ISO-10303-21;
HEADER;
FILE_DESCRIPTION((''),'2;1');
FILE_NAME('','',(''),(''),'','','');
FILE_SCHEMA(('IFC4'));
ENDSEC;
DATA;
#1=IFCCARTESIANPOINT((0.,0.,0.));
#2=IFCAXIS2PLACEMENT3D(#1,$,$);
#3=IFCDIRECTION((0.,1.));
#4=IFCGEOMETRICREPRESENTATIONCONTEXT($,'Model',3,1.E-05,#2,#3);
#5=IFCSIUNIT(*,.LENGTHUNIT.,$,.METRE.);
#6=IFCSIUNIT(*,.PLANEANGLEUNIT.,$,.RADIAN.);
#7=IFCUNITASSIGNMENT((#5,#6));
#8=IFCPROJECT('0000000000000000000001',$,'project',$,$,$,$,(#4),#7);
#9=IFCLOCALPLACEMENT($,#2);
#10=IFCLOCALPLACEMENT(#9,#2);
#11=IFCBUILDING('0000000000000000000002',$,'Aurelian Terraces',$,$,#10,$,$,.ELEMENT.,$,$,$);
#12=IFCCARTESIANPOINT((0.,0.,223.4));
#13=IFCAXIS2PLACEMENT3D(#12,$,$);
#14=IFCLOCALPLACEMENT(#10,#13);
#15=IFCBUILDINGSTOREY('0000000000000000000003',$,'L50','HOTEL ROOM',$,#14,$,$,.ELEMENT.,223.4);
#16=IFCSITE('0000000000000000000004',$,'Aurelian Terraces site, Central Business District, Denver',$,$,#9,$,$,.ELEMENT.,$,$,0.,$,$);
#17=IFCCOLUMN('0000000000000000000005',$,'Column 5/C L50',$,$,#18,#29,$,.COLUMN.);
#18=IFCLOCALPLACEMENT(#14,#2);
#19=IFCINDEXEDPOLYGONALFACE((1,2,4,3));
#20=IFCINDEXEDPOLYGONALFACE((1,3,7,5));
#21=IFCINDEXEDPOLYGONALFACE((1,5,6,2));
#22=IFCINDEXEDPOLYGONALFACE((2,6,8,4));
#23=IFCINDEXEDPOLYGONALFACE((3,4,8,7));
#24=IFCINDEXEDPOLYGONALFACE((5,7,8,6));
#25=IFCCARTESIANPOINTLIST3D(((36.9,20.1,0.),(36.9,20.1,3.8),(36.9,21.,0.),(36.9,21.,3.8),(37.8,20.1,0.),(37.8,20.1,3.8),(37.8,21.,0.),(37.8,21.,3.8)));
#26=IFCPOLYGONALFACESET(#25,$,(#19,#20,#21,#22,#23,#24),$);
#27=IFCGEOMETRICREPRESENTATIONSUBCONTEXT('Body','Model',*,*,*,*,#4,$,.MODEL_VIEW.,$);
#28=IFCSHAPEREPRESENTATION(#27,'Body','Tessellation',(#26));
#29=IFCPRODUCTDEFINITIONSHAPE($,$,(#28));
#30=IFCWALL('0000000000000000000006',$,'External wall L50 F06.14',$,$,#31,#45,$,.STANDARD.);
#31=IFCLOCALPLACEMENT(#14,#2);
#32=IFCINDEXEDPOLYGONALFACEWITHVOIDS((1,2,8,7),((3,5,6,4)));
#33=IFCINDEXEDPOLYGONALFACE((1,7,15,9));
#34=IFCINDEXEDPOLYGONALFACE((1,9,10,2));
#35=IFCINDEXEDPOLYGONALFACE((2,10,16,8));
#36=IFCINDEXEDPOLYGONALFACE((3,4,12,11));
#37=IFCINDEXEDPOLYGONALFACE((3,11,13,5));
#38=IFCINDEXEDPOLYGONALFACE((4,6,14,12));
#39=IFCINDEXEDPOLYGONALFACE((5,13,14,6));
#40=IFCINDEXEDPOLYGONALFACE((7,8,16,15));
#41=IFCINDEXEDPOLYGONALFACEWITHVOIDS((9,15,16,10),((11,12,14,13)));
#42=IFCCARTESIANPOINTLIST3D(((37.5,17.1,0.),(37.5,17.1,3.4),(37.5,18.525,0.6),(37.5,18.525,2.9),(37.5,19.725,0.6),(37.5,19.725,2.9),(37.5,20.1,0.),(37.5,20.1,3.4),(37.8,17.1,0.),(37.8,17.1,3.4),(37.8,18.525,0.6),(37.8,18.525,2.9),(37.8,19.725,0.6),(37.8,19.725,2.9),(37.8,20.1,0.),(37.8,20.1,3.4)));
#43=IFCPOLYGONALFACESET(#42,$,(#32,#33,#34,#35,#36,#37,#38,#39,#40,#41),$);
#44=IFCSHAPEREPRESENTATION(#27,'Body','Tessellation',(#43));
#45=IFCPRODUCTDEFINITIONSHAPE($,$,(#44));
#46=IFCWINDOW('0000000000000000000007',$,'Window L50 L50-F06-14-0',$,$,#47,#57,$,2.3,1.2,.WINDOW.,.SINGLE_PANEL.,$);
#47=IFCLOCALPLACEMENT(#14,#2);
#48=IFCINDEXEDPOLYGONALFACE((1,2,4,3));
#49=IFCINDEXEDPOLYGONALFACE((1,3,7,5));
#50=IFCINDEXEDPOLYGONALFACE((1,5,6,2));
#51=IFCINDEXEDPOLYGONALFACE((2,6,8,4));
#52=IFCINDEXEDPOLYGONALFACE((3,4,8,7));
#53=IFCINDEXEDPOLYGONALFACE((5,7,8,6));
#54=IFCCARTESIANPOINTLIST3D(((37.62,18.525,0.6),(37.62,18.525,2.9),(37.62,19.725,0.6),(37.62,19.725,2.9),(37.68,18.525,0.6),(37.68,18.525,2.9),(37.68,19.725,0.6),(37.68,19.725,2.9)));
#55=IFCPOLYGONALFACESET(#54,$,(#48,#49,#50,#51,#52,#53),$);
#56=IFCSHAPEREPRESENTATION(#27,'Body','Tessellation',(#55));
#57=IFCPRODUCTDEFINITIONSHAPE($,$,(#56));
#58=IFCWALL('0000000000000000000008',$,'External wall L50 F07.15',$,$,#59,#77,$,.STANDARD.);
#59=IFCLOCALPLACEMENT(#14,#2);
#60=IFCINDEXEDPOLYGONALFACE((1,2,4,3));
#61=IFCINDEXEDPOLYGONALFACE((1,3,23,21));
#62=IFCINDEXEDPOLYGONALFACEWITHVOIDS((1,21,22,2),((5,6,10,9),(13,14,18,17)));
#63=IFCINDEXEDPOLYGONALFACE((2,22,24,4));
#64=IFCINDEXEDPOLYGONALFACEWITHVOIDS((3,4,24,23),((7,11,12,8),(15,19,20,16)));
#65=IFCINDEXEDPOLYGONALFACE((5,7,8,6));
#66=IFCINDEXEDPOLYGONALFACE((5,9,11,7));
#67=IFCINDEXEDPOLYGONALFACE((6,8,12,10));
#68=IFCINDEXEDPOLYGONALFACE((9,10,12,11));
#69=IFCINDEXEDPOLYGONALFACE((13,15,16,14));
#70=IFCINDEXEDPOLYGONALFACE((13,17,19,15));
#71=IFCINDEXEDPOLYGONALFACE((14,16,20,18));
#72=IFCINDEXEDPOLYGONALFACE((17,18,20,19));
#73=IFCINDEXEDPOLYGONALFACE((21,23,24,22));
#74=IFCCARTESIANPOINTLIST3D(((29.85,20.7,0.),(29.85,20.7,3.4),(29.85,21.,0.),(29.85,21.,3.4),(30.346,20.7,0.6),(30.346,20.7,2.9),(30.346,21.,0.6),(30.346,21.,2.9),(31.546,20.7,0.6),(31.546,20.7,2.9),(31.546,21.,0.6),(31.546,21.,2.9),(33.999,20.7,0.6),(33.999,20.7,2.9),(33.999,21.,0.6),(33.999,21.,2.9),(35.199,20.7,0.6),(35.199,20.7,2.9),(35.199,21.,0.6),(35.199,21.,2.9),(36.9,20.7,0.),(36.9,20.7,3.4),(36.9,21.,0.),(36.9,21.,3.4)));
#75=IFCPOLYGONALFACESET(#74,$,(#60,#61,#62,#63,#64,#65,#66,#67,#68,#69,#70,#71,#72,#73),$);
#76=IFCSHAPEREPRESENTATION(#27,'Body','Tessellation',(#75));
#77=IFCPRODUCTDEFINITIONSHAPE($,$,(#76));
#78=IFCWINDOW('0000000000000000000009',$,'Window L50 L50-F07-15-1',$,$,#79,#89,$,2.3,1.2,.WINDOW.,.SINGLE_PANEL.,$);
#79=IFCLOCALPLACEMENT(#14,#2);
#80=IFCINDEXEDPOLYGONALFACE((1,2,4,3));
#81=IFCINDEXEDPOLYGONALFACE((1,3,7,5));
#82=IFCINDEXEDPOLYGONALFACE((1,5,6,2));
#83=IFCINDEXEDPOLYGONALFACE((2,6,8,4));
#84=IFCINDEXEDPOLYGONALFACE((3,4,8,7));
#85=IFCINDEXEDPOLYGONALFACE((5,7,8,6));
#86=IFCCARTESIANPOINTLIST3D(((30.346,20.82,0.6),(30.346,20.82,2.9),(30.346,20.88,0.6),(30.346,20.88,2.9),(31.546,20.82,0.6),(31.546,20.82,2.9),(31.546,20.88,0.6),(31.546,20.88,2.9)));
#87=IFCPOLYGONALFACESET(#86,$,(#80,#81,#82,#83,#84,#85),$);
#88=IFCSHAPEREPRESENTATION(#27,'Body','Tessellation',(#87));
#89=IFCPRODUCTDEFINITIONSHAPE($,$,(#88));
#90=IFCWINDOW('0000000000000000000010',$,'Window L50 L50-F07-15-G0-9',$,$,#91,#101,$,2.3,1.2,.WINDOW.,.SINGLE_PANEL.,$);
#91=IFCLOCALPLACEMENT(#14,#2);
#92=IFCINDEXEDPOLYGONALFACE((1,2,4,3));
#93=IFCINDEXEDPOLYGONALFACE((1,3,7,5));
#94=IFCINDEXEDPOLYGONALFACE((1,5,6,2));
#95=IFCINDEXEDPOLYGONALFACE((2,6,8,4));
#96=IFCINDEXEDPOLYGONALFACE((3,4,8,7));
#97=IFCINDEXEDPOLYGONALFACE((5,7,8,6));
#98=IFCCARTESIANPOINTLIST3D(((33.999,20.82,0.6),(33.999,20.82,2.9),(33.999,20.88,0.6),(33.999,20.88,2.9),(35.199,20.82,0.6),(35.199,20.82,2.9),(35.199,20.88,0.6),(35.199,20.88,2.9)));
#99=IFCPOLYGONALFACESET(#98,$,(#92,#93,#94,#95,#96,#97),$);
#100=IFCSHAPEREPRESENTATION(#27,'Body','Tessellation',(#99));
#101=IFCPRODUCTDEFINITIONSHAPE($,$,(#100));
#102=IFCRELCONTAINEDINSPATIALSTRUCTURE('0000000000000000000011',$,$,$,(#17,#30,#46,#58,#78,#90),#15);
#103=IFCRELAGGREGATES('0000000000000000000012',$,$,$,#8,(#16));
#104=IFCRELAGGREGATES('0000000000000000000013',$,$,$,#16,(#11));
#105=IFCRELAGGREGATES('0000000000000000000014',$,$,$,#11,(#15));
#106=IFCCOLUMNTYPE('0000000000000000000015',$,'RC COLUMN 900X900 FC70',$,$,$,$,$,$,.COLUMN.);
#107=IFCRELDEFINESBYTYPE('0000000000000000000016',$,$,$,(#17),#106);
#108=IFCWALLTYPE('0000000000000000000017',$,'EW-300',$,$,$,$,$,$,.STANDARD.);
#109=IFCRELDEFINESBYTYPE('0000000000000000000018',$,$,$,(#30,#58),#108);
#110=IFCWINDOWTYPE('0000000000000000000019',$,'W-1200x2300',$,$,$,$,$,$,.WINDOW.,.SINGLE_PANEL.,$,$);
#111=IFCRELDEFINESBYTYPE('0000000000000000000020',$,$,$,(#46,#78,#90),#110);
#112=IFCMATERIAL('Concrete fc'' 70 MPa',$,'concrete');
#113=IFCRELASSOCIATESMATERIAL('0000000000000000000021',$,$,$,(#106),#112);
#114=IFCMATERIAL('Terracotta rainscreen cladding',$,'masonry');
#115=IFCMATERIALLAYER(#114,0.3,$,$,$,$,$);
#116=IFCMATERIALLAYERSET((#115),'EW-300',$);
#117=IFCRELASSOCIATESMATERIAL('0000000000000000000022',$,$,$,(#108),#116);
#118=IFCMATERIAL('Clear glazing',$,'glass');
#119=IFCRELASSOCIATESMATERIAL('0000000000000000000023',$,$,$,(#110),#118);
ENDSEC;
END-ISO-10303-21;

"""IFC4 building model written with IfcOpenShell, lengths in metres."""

from ifc_helpers import new_model, si_unit, direction, frame, frame_2d, origin, origin_2d, place, context, subcontext, project, spatial, rectangle, extrude, source, transform, mapped, material, layer, layer_set, material_profile, profile_set, type_object, element, fill, save


model = new_model("IFC4")

# Units and contexts
model_context = context("Model", 3, precision=1e-05, world=origin(), true_north=direction((0.0, 1.0)))
body_context = subcontext(model_context, "Body", "Model", "MODEL_VIEW")
ifc_project = project(units=[si_unit("LENGTHUNIT", "METRE"), si_unit("PLANEANGLEUNIT", "RADIAN")], contexts=[model_context])

# Site, building, storey
site_placement = place(None, origin())
site = spatial("IfcSite", under=ifc_project, at=site_placement, Name="Aurelian Terraces site, Central Business District, Denver", CompositionType="ELEMENT", RefElevation=0.0)
building_placement = place(site_placement, origin())
building = spatial("IfcBuilding", under=site, at=building_placement, Name="Aurelian Terraces", CompositionType="ELEMENT")
storey_placement = place(building_placement, frame((0.0, 0.0, 223.4)))
storey = spatial("IfcBuildingStorey", under=building, at=storey_placement, Name="L50", Description="HOTEL ROOM", CompositionType="ELEMENT", Elevation=223.4)

# Column
ifc_material_1 = material(Name="Concrete fc' 70 MPa", Category="concrete")
ifc_material_profile = material_profile(ifc_material_1, rectangle(XDim=0.9, YDim=0.9, at=origin_2d()))
ifc_profile_set = profile_set([ifc_material_profile], Name="Concrete fc' 70 MPa")
column_type = type_object("IfcColumnType", Name="RC COLUMN 900X900 FC70", PredefinedType="COLUMN", material=ifc_profile_set)
shared_shape_1 = source(origin(), body_context, "Body", "SweptSolid", [
    extrude(rectangle(XDim=0.9, YDim=0.9, at=origin_2d()), origin(), (0.0, 0.0, 1.0), 3.8),
])
column_placement = place(storey_placement, frame((37.35, 20.55, 0.0), z_axis=(0.0, 0.0, 1.0), x_axis=(1.0, 0.0, 0.0)))
element("IfcColumn", 1, at=column_placement, inside=storey, type_object=column_type, Name="Column 5/C L50", PredefinedType="COLUMN", context=body_context, shape_type="MappedRepresentation", body=[
    mapped(shared_shape_1, transform((0.0, 0.0, 0.0), scale=1.0)),
])

# Wall, opening, window
ifc_material_2 = material(Name="Terracotta rainscreen cladding", Category="masonry")
ifc_layer_1 = layer(ifc_material_2, 0.3)
ifc_layer_set_1 = layer_set([ifc_layer_1], Name="EW-300")
wall_type_1 = type_object("IfcWallType", Name="EW-300", PredefinedType="STANDARD", material=ifc_layer_set_1)
shared_shape_2 = source(origin(), body_context, "Body", "SweptSolid", [
    extrude(rectangle(XDim=3.0, YDim=0.3, at=frame_2d((1.5, 0.0))), origin(), (0.0, 0.0, 1.0), 3.4),
])
wall_1_placement = place(storey_placement, frame((37.65, 17.1, 0.0), z_axis=(0.0, 0.0, 1.0), x_axis=(0.0, 1.0, 0.0)))
wall_1 = element("IfcWall", 2, at=wall_1_placement, inside=storey, type_object=wall_type_1, Name="External wall L50 F06.14", PredefinedType="STANDARD", context=body_context, shape_type="MappedRepresentation", body=[
    mapped(shared_shape_2, transform((0.0, 0.0, 0.0), scale=1.0)),
])
shared_shape_3 = source(origin(), body_context, "Body", "SweptSolid", [
    extrude(rectangle(XDim=1.2, YDim=2.3, at=frame_2d((0.6, 1.15))), frame((0.0, 0.16, 0.0), z_axis=(0.0, -1.0, 0.0), x_axis=(1.0, 0.0, 0.0)), (0.0, 0.0, 1.0), 0.32),
])
opening_1_placement = place(wall_1_placement, frame((1.425, 0.0, 0.6)))
opening_1 = element("IfcOpeningElement", 3, at=opening_1_placement, cuts=wall_1, PredefinedType="OPENING", context=body_context, shape_type="MappedRepresentation", body=[
    mapped(shared_shape_3, transform((0.0, 0.0, 0.0), scale=1.0)),
])
ifc_material_3 = material(Name="Clear glazing", Category="glass")
window_type_1 = type_object("IfcWindowType", Name="W-1200x2300", PartitioningType="SINGLE_PANEL", PredefinedType="WINDOW", material=ifc_material_3)
shared_shape_4 = source(origin(), body_context, "Body", "SweptSolid", [
    extrude(rectangle(XDim=1.2, YDim=2.3, at=frame_2d((0.6, 1.15))), frame((0.0, 0.03, 0.0), z_axis=(0.0, -1.0, 0.0), x_axis=(1.0, 0.0, 0.0)), (0.0, 0.0, 1.0), 0.06),
])
window_1_placement = place(opening_1_placement, origin())
window_1 = element("IfcWindow", 4, at=window_1_placement, inside=storey, type_object=window_type_1, Name="Window L50 L50-F06-14-0", OverallHeight=2.3, OverallWidth=1.2, PartitioningType="SINGLE_PANEL", PredefinedType="WINDOW", context=body_context, shape_type="MappedRepresentation", body=[
    mapped(shared_shape_4, transform((0.0, 0.0, 0.0), scale=1.0)),
])
fill(opening_1, window_1)

# Wall, openings, windows
shared_shape_5 = source(origin(), body_context, "Body", "SweptSolid", [
    extrude(rectangle(XDim=7.05, YDim=0.3, at=frame_2d((3.525, 0.0))), origin(), (0.0, 0.0, 1.0), 3.4),
])
wall_2_placement = place(storey_placement, frame((36.9, 20.85, 0.0), z_axis=(0.0, 0.0, 1.0), x_axis=(-1.0, 0.0, 0.0)))
wall_2 = element("IfcWall", 5, at=wall_2_placement, inside=storey, type_object=wall_type_1, Name="External wall L50 F07.15", PredefinedType="STANDARD", context=body_context, shape_type="MappedRepresentation", body=[
    mapped(shared_shape_5, transform((0.0, 0.0, 0.0), scale=1.0)),
])
opening_2_placement = place(wall_2_placement, frame((5.354, 0.0, 0.6)))
opening_2 = element("IfcOpeningElement", 6, at=opening_2_placement, cuts=wall_2, PredefinedType="OPENING", context=body_context, shape_type="MappedRepresentation", body=[
    mapped(shared_shape_3, transform((0.0, 0.0, 0.0), scale=1.0)),
])
opening_3_placement = place(wall_2_placement, frame((1.701, 0.0, 0.6)))
opening_3 = element("IfcOpeningElement", 7, at=opening_3_placement, cuts=wall_2, PredefinedType="OPENING", context=body_context, shape_type="MappedRepresentation", body=[
    mapped(shared_shape_3, transform((0.0, 0.0, 0.0), scale=1.0)),
])
window_2_placement = place(opening_2_placement, origin())
window_2 = element("IfcWindow", 8, at=window_2_placement, inside=storey, type_object=window_type_1, Name="Window L50 L50-F07-15-1", OverallHeight=2.3, OverallWidth=1.2, PartitioningType="SINGLE_PANEL", PredefinedType="WINDOW", context=body_context, shape_type="MappedRepresentation", body=[
    mapped(shared_shape_4, transform((0.0, 0.0, 0.0), scale=1.0)),
])
fill(opening_2, window_2)
window_3_placement = place(opening_3_placement, origin())
window_3 = element("IfcWindow", 9, at=window_3_placement, inside=storey, type_object=window_type_1, Name="Window L50 L50-F07-15-G0-9", OverallHeight=2.3, OverallWidth=1.2, PartitioningType="SINGLE_PANEL", PredefinedType="WINDOW", context=body_context, shape_type="MappedRepresentation", body=[
    mapped(shared_shape_4, transform((0.0, 0.0, 0.0), scale=1.0)),
])
fill(opening_3, window_3)

save(model, "model.ifc")
